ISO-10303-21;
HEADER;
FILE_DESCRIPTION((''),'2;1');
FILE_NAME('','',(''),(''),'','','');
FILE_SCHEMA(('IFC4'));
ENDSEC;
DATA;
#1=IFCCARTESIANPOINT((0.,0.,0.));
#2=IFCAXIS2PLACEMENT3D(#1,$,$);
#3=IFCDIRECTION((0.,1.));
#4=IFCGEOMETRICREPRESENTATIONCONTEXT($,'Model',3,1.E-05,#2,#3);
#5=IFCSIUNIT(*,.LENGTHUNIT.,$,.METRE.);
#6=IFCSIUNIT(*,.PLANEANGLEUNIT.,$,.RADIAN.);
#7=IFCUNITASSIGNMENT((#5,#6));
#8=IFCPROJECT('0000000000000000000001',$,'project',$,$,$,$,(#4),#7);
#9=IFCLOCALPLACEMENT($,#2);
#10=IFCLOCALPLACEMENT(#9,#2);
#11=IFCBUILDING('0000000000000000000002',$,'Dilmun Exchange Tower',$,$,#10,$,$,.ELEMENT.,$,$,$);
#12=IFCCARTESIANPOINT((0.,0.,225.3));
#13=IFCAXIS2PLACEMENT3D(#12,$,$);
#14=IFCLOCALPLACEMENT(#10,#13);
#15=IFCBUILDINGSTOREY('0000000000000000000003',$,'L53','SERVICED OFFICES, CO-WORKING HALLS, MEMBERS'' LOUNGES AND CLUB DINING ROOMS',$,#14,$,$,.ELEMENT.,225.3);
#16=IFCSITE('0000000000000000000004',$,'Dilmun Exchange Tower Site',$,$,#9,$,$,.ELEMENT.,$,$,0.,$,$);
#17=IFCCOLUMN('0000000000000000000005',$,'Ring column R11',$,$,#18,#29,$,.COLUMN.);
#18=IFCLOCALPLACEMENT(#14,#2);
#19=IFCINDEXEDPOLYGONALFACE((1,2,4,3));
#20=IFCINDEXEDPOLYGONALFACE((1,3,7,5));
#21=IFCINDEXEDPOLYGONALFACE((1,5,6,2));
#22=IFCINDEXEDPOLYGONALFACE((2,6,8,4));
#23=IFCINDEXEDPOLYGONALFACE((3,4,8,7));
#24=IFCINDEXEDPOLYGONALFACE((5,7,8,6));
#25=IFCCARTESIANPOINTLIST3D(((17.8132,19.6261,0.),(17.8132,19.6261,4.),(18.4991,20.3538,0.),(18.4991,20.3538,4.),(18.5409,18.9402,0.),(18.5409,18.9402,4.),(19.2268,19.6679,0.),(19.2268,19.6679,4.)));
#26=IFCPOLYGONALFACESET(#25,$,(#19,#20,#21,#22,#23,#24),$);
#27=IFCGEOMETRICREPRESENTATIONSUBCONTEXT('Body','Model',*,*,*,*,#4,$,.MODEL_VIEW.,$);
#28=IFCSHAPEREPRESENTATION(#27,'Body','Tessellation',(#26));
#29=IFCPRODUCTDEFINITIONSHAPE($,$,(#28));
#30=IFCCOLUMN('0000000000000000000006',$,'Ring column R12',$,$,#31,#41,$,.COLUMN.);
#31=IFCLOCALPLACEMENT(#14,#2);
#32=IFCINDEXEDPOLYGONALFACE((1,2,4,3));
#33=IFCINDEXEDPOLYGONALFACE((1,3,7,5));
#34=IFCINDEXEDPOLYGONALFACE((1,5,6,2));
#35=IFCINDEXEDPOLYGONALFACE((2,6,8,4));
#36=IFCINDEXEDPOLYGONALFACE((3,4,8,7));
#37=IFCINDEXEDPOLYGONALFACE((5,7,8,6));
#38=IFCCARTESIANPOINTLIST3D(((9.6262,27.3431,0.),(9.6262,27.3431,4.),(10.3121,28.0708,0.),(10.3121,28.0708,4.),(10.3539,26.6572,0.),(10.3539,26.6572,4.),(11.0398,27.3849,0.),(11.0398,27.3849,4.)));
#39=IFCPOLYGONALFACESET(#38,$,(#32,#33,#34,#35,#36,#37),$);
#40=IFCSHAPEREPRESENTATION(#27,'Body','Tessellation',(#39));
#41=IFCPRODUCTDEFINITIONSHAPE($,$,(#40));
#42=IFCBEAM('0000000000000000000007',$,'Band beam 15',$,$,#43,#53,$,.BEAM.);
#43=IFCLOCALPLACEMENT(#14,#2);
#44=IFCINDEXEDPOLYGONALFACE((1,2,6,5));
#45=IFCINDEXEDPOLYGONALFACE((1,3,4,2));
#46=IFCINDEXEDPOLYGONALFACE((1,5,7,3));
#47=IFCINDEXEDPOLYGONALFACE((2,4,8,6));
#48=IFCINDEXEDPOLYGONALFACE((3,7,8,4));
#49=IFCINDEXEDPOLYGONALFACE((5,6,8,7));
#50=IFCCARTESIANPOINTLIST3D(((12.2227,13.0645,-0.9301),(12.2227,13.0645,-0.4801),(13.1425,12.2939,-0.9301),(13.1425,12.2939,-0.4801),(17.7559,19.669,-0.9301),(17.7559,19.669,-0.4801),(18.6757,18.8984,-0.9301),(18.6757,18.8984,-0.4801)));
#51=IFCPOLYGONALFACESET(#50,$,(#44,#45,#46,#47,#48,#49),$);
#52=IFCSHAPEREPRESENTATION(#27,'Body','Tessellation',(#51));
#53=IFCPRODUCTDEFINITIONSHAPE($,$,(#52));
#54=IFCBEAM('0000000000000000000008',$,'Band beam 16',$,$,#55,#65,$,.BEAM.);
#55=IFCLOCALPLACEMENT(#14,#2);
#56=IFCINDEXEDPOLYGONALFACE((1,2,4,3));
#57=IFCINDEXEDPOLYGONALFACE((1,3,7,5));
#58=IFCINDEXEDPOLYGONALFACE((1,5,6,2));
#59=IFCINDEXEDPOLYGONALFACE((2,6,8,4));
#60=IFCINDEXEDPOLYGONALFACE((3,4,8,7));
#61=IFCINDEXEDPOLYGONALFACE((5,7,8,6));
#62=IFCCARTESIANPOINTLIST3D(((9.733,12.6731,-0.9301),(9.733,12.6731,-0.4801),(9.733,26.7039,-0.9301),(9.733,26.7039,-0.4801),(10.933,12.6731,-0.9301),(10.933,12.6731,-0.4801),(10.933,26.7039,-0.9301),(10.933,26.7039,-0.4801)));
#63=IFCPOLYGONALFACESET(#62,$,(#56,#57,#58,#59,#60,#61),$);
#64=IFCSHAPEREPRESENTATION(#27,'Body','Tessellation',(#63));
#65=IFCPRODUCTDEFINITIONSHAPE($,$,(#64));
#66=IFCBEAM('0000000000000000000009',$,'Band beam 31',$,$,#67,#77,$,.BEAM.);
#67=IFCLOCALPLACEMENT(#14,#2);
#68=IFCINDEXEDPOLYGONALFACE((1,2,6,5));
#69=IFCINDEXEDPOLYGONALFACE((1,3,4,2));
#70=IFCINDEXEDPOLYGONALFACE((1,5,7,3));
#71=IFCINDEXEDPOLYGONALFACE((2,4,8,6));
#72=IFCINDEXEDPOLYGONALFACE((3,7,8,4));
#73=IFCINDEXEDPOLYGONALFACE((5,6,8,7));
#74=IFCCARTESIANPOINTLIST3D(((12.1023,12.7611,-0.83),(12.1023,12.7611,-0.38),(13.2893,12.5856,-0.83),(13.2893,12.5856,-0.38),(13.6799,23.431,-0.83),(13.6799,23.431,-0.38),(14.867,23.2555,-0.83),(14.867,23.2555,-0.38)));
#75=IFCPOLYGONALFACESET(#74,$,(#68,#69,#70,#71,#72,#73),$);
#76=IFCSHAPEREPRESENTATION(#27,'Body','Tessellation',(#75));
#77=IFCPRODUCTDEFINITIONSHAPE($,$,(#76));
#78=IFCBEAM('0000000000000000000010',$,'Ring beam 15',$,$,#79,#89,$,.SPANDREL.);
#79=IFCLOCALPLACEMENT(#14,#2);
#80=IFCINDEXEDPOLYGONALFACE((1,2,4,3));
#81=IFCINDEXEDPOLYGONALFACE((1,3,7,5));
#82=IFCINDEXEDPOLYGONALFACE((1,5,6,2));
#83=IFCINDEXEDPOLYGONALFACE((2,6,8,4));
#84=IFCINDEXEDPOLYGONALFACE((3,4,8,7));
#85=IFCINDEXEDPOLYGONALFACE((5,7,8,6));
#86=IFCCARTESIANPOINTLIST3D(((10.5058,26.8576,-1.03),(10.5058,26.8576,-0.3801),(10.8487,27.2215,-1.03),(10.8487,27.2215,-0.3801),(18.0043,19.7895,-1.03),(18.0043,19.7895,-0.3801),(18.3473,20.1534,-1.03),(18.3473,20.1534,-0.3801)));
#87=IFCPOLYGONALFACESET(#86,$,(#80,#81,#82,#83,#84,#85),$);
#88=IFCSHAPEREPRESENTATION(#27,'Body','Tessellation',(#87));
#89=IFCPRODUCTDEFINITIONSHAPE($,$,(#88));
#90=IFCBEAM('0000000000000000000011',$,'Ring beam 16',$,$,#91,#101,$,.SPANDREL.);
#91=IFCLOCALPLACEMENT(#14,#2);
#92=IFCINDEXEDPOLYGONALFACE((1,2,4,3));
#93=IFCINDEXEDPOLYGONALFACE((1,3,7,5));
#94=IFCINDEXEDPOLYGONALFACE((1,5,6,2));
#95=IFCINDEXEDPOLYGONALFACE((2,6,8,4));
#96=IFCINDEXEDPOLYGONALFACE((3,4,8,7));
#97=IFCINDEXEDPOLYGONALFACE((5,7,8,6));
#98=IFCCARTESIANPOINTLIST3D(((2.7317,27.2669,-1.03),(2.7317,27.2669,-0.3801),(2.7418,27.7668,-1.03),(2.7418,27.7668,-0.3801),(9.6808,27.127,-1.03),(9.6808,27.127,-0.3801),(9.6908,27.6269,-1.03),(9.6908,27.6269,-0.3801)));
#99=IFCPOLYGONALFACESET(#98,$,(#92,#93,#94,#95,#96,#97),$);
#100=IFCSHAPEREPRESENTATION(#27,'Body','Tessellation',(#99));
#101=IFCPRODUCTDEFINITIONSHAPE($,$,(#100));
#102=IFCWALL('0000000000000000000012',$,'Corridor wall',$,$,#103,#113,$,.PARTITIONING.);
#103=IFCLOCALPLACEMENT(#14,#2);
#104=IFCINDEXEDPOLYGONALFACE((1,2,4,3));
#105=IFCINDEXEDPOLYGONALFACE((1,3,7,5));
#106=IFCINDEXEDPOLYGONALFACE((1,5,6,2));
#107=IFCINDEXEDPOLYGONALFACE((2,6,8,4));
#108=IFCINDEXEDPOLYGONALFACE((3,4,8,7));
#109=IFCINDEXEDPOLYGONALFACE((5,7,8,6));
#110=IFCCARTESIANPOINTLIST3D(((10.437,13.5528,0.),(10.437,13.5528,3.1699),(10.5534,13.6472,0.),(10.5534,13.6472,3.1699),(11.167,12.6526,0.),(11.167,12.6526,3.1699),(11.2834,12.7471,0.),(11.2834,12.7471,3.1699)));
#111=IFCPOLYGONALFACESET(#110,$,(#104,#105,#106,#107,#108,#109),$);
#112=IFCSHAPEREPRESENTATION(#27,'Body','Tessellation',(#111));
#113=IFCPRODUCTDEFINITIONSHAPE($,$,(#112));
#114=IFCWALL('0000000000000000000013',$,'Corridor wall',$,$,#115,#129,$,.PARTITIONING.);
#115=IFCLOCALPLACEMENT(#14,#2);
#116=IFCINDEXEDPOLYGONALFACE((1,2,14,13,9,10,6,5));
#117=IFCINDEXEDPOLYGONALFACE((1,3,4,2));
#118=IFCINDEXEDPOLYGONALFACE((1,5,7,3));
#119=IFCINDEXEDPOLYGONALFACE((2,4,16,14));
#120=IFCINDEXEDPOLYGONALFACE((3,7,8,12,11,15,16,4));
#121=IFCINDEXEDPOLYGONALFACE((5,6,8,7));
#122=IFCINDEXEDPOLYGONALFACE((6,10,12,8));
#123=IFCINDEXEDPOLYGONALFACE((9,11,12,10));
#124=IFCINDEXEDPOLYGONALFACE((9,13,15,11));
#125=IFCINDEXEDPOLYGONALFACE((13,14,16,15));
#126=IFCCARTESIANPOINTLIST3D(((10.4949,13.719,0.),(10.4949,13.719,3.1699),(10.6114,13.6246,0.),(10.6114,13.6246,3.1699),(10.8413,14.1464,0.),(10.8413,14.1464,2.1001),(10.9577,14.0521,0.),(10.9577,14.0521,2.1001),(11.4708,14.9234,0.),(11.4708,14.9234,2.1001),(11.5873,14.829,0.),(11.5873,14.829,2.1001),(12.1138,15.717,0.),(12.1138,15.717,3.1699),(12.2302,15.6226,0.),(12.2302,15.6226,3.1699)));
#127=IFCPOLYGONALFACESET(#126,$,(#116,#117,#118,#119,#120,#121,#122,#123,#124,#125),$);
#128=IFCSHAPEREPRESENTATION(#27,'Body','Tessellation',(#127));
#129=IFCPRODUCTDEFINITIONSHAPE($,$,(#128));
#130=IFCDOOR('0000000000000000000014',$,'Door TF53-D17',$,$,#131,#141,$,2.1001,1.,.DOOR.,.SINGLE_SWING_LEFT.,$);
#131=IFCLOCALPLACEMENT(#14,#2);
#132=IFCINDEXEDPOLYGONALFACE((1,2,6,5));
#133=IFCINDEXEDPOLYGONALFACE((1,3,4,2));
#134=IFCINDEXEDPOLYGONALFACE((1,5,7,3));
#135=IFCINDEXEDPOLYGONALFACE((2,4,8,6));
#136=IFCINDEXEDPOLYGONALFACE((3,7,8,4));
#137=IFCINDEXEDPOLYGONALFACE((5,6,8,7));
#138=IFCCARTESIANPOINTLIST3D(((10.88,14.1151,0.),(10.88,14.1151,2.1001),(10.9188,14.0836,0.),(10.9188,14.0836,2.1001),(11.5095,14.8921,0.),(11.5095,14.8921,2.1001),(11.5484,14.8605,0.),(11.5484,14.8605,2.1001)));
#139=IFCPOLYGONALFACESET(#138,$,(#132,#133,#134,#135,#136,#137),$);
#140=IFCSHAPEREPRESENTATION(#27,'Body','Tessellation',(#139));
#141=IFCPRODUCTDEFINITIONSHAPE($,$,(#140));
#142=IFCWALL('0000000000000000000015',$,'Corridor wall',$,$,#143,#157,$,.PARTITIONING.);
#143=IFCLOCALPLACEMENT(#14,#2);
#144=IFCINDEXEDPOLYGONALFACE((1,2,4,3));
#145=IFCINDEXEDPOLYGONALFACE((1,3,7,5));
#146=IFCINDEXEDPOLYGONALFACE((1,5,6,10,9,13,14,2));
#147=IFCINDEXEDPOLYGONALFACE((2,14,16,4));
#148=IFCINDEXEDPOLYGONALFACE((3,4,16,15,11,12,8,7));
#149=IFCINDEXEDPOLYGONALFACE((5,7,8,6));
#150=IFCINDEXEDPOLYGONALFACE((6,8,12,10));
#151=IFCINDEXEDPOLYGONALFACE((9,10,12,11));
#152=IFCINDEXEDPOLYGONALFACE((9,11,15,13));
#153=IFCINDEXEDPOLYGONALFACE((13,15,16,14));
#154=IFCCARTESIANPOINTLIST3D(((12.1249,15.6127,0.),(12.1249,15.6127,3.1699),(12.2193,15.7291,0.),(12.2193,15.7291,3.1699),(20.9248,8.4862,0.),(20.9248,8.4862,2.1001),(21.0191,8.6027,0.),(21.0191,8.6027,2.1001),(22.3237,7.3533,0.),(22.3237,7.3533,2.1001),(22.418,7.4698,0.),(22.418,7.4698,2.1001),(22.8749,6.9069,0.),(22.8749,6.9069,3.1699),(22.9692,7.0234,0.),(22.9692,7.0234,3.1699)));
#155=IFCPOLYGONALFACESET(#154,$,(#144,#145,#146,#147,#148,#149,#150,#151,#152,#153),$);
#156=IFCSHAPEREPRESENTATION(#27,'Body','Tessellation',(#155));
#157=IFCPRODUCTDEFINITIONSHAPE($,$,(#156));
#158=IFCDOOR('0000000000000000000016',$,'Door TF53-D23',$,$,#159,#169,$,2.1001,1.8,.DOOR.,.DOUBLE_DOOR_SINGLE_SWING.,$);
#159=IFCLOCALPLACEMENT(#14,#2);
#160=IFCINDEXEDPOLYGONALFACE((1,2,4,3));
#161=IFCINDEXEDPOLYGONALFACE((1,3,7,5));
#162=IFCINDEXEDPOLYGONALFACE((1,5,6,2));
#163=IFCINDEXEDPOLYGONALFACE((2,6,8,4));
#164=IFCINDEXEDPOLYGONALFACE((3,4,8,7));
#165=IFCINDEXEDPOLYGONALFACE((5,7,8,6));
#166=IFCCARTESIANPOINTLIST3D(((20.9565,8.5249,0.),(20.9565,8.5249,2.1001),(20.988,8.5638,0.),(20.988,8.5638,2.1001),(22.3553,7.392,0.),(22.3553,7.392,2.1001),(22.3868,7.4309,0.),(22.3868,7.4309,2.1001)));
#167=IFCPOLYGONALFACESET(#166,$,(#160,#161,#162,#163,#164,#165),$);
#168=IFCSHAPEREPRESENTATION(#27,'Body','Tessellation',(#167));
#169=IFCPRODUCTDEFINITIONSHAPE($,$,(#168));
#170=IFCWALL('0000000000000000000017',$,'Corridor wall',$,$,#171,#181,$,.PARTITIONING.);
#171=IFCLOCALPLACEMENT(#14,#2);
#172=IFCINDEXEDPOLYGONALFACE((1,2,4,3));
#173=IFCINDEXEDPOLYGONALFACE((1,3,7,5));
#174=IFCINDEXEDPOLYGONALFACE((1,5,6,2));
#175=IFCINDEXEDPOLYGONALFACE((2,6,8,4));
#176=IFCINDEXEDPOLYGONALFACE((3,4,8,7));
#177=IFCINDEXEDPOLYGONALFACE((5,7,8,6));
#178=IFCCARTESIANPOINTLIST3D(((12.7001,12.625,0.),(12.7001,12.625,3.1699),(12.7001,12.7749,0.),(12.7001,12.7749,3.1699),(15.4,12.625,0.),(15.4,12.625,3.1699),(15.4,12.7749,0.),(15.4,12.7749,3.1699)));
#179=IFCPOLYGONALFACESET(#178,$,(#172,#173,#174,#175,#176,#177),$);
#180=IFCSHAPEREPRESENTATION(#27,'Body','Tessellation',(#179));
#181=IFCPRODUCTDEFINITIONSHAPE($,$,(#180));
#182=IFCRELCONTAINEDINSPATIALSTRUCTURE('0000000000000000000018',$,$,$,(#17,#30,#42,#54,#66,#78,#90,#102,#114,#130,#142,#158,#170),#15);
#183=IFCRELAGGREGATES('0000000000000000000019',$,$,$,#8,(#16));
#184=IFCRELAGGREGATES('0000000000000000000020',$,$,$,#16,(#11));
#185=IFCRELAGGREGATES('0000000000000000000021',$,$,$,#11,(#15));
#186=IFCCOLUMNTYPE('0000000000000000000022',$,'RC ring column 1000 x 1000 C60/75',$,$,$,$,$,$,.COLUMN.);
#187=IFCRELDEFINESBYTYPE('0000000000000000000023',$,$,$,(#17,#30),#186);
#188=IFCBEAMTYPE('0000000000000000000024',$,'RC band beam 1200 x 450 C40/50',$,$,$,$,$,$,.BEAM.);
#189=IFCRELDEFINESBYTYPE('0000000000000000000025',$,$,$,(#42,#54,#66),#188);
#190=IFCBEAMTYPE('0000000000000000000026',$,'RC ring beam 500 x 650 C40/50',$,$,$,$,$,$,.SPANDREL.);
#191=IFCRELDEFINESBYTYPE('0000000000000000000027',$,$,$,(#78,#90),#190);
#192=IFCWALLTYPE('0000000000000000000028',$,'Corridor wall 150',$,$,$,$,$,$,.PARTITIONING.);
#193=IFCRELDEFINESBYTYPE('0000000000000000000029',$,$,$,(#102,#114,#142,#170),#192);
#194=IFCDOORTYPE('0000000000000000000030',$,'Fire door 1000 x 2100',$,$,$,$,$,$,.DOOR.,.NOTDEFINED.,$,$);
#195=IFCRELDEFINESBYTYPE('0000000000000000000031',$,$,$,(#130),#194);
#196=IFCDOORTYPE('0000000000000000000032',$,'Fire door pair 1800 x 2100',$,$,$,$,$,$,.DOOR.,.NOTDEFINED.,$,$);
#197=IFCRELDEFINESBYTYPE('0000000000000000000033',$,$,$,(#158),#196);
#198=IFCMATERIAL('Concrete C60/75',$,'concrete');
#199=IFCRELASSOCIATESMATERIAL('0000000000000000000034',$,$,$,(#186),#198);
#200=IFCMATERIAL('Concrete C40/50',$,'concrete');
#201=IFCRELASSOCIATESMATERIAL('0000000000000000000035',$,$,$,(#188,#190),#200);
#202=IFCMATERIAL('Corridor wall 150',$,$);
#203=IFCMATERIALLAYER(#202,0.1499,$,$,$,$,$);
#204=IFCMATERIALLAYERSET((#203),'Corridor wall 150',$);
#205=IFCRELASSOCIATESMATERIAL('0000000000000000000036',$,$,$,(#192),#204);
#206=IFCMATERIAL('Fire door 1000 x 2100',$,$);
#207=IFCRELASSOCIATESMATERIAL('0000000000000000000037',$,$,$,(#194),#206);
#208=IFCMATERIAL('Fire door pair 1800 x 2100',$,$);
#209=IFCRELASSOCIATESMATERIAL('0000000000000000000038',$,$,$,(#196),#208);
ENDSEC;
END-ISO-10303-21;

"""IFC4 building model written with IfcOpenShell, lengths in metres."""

from ifc_helpers import new_model, si_unit, direction, frame, frame_2d, origin, origin_2d, place, context, subcontext, project, spatial, rectangle, extrude, material, layer, layer_set, material_profile, profile_set, type_object, element, fill, save


model = new_model("IFC4")

# Units and contexts
model_context = context("Model", 3, precision=1e-05, world=origin(), true_north=direction((0.0, 1.0)))
body_context = subcontext(model_context, "Body", "Model", "MODEL_VIEW")
ifc_project = project(units=[si_unit("LENGTHUNIT", "METRE"), si_unit("PLANEANGLEUNIT", "RADIAN")], contexts=[model_context])

# Site, building, storey
site_placement = place(None, origin())
site = spatial("IfcSite", under=ifc_project, at=site_placement, Name="Dilmun Exchange Tower Site", CompositionType="ELEMENT", RefElevation=0.0)
building_placement = place(site_placement, origin())
building = spatial("IfcBuilding", under=site, at=building_placement, Name="Dilmun Exchange Tower", CompositionType="ELEMENT")
storey_placement = place(building_placement, frame((0.0, 0.0, 225.3)))
storey = spatial("IfcBuildingStorey", under=building, at=storey_placement, Name="L53", Description="SERVICED OFFICES, CO-WORKING HALLS, MEMBERS' LOUNGES AND CLUB DINING ROOMS", CompositionType="ELEMENT", Elevation=225.3)

# Columns
ifc_material_1 = material(Name="Concrete C60/75", Category="concrete")
ifc_material_profile_1 = material_profile(ifc_material_1, rectangle(XDim=1.0, YDim=1.0, at=origin_2d()), Name="1000 x 1000")
ifc_profile_set_1 = profile_set([ifc_material_profile_1], Name="Concrete C60/75")
column_type = type_object("IfcColumnType", Name="RC ring column 1000 x 1000 C60/75", PredefinedType="COLUMN", material=ifc_profile_set_1)
for number, where, z_axis, x_axis, name in (
    (1, (18.52, 19.647, 0.0), (0.0, 0.0, 1.0), (0.685916, 0.727681, 0.0), "Ring column R11"),
    (2, (10.333, 27.364, 0.0), (0.0, 0.0, 1.0), (0.685916, 0.727681, 0.0), "Ring column R12"),
):
    element("IfcColumn", number, at=place(storey_placement, frame(where, z_axis=z_axis, x_axis=x_axis)), inside=storey, type_object=column_type, Name=name, PredefinedType="COLUMN", context=body_context, shape_type="SweptSolid", body=[
        extrude(rectangle(XDim=1.0, YDim=1.0, at=origin_2d()), origin(), (0.0, 0.0, 1.0), 4.0),
    ])

# Beams
ifc_material_2 = material(Name="Concrete C40/50", Category="concrete")
ifc_material_profile_2 = material_profile(ifc_material_2, rectangle(XDim=1.2, YDim=0.45, at=origin_2d()), Name="1200 x 450")
ifc_profile_set_2 = profile_set([ifc_material_profile_2], Name="Concrete C40/50")
beam_type_1 = type_object("IfcBeamType", Name="RC band beam 1200 x 450 C40/50", PredefinedType="BEAM", material=ifc_profile_set_2)
beam_1_placement = place(storey_placement, frame((18.2158, 19.2837, -0.7051), z_axis=(-0.6422, -0.766537, 0.0), x_axis=(0.766537, -0.6422, 0.0)))
element("IfcBeam", 3, at=beam_1_placement, inside=storey, type_object=beam_type_1, Name="Band beam 15", PredefinedType="BEAM", context=body_context, shape_type="SweptSolid", body=[
    extrude(rectangle(XDim=1.2, YDim=0.45, at=origin_2d()), origin(), (0.0, 0.0, 1.0), 8.616),
])
beam_2_placement = place(storey_placement, frame((10.333, 26.7039, -0.7051), z_axis=(0.0, -1.0, 0.0), x_axis=(1.0, 0.0, 0.0)))
element("IfcBeam", 4, at=beam_2_placement, inside=storey, type_object=beam_type_1, Name="Band beam 16", PredefinedType="BEAM", context=body_context, shape_type="SweptSolid", body=[
    extrude(rectangle(XDim=1.2, YDim=0.45, at=origin_2d()), origin(), (0.0, 0.0, 1.0), 14.0308),
])
beam_3_placement = place(storey_placement, frame((14.2734, 23.3433, -0.605), z_axis=(-0.146268, -0.989245, 0.0), x_axis=(0.989245, -0.146268, 0.0)))
element("IfcBeam", 5, at=beam_3_placement, inside=storey, type_object=beam_type_1, Name="Band beam 31", PredefinedType="BEAM", context=body_context, shape_type="SweptSolid", body=[
    extrude(rectangle(XDim=1.2, YDim=0.45, at=origin_2d()), origin(), (0.0, 0.0, 1.0), 10.7859),
])
ifc_material_profile_3 = material_profile(ifc_material_2, rectangle(XDim=0.5, YDim=0.6499, at=origin_2d()), Name="500 x 650")
ifc_profile_set_3 = profile_set([ifc_material_profile_3], Name="Concrete C40/50")
beam_type_2 = type_object("IfcBeamType", Name="RC ring beam 500 x 650 C40/50", PredefinedType="SPANDREL", material=ifc_profile_set_3)
beam_4_placement = place(storey_placement, frame((18.1758, 19.9714, -0.7051), z_axis=(-0.727683, 0.685914, 0.0), x_axis=(-0.685914, -0.727683, 0.0)))
element("IfcBeam", 6, at=beam_4_placement, inside=storey, type_object=beam_type_2, Name="Ring beam 15", PredefinedType="SPANDREL", context=body_context, shape_type="SweptSolid", body=[
    extrude(rectangle(XDim=0.5, YDim=0.6499, at=origin_2d()), origin(), (0.0, 0.0, 1.0), 10.3047),
])
beam_5_placement = place(storey_placement, frame((9.6858, 27.377, -0.7051), z_axis=(-0.999797, 0.020127, 0.0), x_axis=(-0.020127, -0.999797, 0.0)))
element("IfcBeam", 7, at=beam_5_placement, inside=storey, type_object=beam_type_2, Name="Ring beam 16", PredefinedType="SPANDREL", context=body_context, shape_type="SweptSolid", body=[
    extrude(rectangle(XDim=0.5, YDim=0.6499, at=origin_2d()), origin(), (0.0, 0.0, 1.0), 6.9504),
])

# Wall
ifc_material_3 = material(Name="Corridor wall 150")
ifc_layer_1 = layer(ifc_material_3, 0.1499)
ifc_layer_set_1 = layer_set([ifc_layer_1], Name="Corridor wall 150")
wall_type_1 = type_object("IfcWallType", Name="Corridor wall 150", PredefinedType="PARTITIONING", material=ifc_layer_set_1)
wall_1_placement = place(storey_placement, frame((10.4951, 13.6001, 0.0), z_axis=(0.0, 0.0, 1.0), x_axis=(0.629871, -0.7767, 0.0)))
element("IfcWall", 8, at=wall_1_placement, inside=storey, type_object=wall_type_1, Name="Corridor wall", PredefinedType="PARTITIONING", context=body_context, shape_type="SweptSolid", body=[
    extrude(rectangle(XDim=1.1589, YDim=0.1499, at=frame_2d((0.5796, 0.0))), origin(), (0.0, 0.0, 1.0), 3.1699),
])

# Walls, openings, doors
wall_2_placement = place(storey_placement, frame((10.5532, 13.6719, 0.0), z_axis=(0.0, 0.0, 1.0), x_axis=(0.629534, 0.776973, 0.0)))
wall_2 = element("IfcWall", 9, at=wall_2_placement, inside=storey, type_object=wall_type_1, Name="Corridor wall", PredefinedType="PARTITIONING", context=body_context, shape_type="SweptSolid", body=[
    extrude(rectangle(XDim=2.5715, YDim=0.1499, at=frame_2d((1.2856, 0.0))), origin(), (0.0, 0.0, 1.0), 3.1699),
])
opening_1_placement = place(wall_2_placement, frame((0.55, 0.0, 0.0)))
opening_1 = element("IfcOpeningElement", 10, at=opening_1_placement, cuts=wall_2, PredefinedType="OPENING", context=body_context, shape_type="SweptSolid", body=[
    extrude(rectangle(XDim=1.0, YDim=2.1001, at=frame_2d((0.5, 1.05))), frame((0.0, 0.085, 0.0), z_axis=(0.0, -1.0, 0.0), x_axis=(1.0, 0.0, 0.0)), (0.0, 0.0, 1.0), 0.1699),
])
ifc_material_4 = material(Name="Fire door 1000 x 2100")
door_type_1 = type_object("IfcDoorType", Name="Fire door 1000 x 2100", OperationType="NOTDEFINED", PredefinedType="DOOR", material=ifc_material_4)
door_1_placement = place(opening_1_placement, frame((1.0, 0.0, 0.0), z_axis=(0.0, 0.0, 1.0), x_axis=(-1.0, 0.0, 0.0)))
door_1 = element("IfcDoor", 11, at=door_1_placement, inside=storey, type_object=door_type_1, Name="Door TF53-D17", OperationType="SINGLE_SWING_LEFT", OverallHeight=2.1001, OverallWidth=1.0, PredefinedType="DOOR", context=body_context, shape_type="SweptSolid", body=[
    extrude(rectangle(XDim=1.0, YDim=2.1001, at=frame_2d((0.5, 1.05))), frame((0.0, 0.0249, 0.0), z_axis=(0.0, -1.0, 0.0), x_axis=(1.0, 0.0, 0.0)), (0.0, 0.0, 1.0), 0.05),
])
fill(opening_1, door_1)
wall_3_placement = place(storey_placement, frame((12.1721, 15.6709, 0.0), z_axis=(0.0, 0.0, 1.0), x_axis=(0.777124, -0.629348, 0.0)))
wall_3 = element("IfcWall", 12, at=wall_3_placement, inside=storey, type_object=wall_type_1, Name="Corridor wall", PredefinedType="PARTITIONING", context=body_context, shape_type="SweptSolid", body=[
    extrude(rectangle(XDim=13.833, YDim=0.1499, at=frame_2d((6.9165, 0.0))), origin(), (0.0, 0.0, 1.0), 3.1699),
])
opening_2_placement = place(wall_3_placement, frame((11.3237, 0.0, 0.0)))
opening_2 = element("IfcOpeningElement", 13, at=opening_2_placement, cuts=wall_3, PredefinedType="OPENING", context=body_context, shape_type="SweptSolid", body=[
    extrude(rectangle(XDim=1.8, YDim=2.1001, at=frame_2d((0.8999, 1.05))), frame((0.0, 0.085, 0.0), z_axis=(0.0, -1.0, 0.0), x_axis=(1.0, 0.0, 0.0)), (0.0, 0.0, 1.0), 0.1699),
])
ifc_material_5 = material(Name="Fire door pair 1800 x 2100")
door_type_2 = type_object("IfcDoorType", Name="Fire door pair 1800 x 2100", OperationType="NOTDEFINED", PredefinedType="DOOR", material=ifc_material_5)
door_2_placement = place(opening_2_placement, frame((1.8, 0.0, 0.0), z_axis=(0.0, 0.0, 1.0), x_axis=(-1.0, 0.0, 0.0)))
door_2 = element("IfcDoor", 14, at=door_2_placement, inside=storey, type_object=door_type_2, Name="Door TF53-D23", OperationType="DOUBLE_DOOR_SINGLE_SWING", OverallHeight=2.1001, OverallWidth=1.8, PredefinedType="DOOR", context=body_context, shape_type="SweptSolid", body=[
    extrude(rectangle(XDim=1.8, YDim=2.1001, at=frame_2d((0.8999, 1.05))), frame((0.0, 0.0249, 0.0), z_axis=(0.0, -1.0, 0.0), x_axis=(1.0, 0.0, 0.0)), (0.0, 0.0, 1.0), 0.05),
])
fill(opening_2, door_2)

# Wall
wall_4_placement = place(storey_placement, frame((12.7, 12.7, 0.0), z_axis=(0.0, 0.0, 1.0), x_axis=(1.0, 0.0, 0.0)))
element("IfcWall", 15, at=wall_4_placement, inside=storey, type_object=wall_type_1, Name="Corridor wall", PredefinedType="PARTITIONING", context=body_context, shape_type="SweptSolid", body=[
    extrude(rectangle(XDim=2.7, YDim=0.1499, at=frame_2d((1.3501, 0.0))), origin(), (0.0, 0.0, 1.0), 3.1699),
])

save(model, "model.ifc")
